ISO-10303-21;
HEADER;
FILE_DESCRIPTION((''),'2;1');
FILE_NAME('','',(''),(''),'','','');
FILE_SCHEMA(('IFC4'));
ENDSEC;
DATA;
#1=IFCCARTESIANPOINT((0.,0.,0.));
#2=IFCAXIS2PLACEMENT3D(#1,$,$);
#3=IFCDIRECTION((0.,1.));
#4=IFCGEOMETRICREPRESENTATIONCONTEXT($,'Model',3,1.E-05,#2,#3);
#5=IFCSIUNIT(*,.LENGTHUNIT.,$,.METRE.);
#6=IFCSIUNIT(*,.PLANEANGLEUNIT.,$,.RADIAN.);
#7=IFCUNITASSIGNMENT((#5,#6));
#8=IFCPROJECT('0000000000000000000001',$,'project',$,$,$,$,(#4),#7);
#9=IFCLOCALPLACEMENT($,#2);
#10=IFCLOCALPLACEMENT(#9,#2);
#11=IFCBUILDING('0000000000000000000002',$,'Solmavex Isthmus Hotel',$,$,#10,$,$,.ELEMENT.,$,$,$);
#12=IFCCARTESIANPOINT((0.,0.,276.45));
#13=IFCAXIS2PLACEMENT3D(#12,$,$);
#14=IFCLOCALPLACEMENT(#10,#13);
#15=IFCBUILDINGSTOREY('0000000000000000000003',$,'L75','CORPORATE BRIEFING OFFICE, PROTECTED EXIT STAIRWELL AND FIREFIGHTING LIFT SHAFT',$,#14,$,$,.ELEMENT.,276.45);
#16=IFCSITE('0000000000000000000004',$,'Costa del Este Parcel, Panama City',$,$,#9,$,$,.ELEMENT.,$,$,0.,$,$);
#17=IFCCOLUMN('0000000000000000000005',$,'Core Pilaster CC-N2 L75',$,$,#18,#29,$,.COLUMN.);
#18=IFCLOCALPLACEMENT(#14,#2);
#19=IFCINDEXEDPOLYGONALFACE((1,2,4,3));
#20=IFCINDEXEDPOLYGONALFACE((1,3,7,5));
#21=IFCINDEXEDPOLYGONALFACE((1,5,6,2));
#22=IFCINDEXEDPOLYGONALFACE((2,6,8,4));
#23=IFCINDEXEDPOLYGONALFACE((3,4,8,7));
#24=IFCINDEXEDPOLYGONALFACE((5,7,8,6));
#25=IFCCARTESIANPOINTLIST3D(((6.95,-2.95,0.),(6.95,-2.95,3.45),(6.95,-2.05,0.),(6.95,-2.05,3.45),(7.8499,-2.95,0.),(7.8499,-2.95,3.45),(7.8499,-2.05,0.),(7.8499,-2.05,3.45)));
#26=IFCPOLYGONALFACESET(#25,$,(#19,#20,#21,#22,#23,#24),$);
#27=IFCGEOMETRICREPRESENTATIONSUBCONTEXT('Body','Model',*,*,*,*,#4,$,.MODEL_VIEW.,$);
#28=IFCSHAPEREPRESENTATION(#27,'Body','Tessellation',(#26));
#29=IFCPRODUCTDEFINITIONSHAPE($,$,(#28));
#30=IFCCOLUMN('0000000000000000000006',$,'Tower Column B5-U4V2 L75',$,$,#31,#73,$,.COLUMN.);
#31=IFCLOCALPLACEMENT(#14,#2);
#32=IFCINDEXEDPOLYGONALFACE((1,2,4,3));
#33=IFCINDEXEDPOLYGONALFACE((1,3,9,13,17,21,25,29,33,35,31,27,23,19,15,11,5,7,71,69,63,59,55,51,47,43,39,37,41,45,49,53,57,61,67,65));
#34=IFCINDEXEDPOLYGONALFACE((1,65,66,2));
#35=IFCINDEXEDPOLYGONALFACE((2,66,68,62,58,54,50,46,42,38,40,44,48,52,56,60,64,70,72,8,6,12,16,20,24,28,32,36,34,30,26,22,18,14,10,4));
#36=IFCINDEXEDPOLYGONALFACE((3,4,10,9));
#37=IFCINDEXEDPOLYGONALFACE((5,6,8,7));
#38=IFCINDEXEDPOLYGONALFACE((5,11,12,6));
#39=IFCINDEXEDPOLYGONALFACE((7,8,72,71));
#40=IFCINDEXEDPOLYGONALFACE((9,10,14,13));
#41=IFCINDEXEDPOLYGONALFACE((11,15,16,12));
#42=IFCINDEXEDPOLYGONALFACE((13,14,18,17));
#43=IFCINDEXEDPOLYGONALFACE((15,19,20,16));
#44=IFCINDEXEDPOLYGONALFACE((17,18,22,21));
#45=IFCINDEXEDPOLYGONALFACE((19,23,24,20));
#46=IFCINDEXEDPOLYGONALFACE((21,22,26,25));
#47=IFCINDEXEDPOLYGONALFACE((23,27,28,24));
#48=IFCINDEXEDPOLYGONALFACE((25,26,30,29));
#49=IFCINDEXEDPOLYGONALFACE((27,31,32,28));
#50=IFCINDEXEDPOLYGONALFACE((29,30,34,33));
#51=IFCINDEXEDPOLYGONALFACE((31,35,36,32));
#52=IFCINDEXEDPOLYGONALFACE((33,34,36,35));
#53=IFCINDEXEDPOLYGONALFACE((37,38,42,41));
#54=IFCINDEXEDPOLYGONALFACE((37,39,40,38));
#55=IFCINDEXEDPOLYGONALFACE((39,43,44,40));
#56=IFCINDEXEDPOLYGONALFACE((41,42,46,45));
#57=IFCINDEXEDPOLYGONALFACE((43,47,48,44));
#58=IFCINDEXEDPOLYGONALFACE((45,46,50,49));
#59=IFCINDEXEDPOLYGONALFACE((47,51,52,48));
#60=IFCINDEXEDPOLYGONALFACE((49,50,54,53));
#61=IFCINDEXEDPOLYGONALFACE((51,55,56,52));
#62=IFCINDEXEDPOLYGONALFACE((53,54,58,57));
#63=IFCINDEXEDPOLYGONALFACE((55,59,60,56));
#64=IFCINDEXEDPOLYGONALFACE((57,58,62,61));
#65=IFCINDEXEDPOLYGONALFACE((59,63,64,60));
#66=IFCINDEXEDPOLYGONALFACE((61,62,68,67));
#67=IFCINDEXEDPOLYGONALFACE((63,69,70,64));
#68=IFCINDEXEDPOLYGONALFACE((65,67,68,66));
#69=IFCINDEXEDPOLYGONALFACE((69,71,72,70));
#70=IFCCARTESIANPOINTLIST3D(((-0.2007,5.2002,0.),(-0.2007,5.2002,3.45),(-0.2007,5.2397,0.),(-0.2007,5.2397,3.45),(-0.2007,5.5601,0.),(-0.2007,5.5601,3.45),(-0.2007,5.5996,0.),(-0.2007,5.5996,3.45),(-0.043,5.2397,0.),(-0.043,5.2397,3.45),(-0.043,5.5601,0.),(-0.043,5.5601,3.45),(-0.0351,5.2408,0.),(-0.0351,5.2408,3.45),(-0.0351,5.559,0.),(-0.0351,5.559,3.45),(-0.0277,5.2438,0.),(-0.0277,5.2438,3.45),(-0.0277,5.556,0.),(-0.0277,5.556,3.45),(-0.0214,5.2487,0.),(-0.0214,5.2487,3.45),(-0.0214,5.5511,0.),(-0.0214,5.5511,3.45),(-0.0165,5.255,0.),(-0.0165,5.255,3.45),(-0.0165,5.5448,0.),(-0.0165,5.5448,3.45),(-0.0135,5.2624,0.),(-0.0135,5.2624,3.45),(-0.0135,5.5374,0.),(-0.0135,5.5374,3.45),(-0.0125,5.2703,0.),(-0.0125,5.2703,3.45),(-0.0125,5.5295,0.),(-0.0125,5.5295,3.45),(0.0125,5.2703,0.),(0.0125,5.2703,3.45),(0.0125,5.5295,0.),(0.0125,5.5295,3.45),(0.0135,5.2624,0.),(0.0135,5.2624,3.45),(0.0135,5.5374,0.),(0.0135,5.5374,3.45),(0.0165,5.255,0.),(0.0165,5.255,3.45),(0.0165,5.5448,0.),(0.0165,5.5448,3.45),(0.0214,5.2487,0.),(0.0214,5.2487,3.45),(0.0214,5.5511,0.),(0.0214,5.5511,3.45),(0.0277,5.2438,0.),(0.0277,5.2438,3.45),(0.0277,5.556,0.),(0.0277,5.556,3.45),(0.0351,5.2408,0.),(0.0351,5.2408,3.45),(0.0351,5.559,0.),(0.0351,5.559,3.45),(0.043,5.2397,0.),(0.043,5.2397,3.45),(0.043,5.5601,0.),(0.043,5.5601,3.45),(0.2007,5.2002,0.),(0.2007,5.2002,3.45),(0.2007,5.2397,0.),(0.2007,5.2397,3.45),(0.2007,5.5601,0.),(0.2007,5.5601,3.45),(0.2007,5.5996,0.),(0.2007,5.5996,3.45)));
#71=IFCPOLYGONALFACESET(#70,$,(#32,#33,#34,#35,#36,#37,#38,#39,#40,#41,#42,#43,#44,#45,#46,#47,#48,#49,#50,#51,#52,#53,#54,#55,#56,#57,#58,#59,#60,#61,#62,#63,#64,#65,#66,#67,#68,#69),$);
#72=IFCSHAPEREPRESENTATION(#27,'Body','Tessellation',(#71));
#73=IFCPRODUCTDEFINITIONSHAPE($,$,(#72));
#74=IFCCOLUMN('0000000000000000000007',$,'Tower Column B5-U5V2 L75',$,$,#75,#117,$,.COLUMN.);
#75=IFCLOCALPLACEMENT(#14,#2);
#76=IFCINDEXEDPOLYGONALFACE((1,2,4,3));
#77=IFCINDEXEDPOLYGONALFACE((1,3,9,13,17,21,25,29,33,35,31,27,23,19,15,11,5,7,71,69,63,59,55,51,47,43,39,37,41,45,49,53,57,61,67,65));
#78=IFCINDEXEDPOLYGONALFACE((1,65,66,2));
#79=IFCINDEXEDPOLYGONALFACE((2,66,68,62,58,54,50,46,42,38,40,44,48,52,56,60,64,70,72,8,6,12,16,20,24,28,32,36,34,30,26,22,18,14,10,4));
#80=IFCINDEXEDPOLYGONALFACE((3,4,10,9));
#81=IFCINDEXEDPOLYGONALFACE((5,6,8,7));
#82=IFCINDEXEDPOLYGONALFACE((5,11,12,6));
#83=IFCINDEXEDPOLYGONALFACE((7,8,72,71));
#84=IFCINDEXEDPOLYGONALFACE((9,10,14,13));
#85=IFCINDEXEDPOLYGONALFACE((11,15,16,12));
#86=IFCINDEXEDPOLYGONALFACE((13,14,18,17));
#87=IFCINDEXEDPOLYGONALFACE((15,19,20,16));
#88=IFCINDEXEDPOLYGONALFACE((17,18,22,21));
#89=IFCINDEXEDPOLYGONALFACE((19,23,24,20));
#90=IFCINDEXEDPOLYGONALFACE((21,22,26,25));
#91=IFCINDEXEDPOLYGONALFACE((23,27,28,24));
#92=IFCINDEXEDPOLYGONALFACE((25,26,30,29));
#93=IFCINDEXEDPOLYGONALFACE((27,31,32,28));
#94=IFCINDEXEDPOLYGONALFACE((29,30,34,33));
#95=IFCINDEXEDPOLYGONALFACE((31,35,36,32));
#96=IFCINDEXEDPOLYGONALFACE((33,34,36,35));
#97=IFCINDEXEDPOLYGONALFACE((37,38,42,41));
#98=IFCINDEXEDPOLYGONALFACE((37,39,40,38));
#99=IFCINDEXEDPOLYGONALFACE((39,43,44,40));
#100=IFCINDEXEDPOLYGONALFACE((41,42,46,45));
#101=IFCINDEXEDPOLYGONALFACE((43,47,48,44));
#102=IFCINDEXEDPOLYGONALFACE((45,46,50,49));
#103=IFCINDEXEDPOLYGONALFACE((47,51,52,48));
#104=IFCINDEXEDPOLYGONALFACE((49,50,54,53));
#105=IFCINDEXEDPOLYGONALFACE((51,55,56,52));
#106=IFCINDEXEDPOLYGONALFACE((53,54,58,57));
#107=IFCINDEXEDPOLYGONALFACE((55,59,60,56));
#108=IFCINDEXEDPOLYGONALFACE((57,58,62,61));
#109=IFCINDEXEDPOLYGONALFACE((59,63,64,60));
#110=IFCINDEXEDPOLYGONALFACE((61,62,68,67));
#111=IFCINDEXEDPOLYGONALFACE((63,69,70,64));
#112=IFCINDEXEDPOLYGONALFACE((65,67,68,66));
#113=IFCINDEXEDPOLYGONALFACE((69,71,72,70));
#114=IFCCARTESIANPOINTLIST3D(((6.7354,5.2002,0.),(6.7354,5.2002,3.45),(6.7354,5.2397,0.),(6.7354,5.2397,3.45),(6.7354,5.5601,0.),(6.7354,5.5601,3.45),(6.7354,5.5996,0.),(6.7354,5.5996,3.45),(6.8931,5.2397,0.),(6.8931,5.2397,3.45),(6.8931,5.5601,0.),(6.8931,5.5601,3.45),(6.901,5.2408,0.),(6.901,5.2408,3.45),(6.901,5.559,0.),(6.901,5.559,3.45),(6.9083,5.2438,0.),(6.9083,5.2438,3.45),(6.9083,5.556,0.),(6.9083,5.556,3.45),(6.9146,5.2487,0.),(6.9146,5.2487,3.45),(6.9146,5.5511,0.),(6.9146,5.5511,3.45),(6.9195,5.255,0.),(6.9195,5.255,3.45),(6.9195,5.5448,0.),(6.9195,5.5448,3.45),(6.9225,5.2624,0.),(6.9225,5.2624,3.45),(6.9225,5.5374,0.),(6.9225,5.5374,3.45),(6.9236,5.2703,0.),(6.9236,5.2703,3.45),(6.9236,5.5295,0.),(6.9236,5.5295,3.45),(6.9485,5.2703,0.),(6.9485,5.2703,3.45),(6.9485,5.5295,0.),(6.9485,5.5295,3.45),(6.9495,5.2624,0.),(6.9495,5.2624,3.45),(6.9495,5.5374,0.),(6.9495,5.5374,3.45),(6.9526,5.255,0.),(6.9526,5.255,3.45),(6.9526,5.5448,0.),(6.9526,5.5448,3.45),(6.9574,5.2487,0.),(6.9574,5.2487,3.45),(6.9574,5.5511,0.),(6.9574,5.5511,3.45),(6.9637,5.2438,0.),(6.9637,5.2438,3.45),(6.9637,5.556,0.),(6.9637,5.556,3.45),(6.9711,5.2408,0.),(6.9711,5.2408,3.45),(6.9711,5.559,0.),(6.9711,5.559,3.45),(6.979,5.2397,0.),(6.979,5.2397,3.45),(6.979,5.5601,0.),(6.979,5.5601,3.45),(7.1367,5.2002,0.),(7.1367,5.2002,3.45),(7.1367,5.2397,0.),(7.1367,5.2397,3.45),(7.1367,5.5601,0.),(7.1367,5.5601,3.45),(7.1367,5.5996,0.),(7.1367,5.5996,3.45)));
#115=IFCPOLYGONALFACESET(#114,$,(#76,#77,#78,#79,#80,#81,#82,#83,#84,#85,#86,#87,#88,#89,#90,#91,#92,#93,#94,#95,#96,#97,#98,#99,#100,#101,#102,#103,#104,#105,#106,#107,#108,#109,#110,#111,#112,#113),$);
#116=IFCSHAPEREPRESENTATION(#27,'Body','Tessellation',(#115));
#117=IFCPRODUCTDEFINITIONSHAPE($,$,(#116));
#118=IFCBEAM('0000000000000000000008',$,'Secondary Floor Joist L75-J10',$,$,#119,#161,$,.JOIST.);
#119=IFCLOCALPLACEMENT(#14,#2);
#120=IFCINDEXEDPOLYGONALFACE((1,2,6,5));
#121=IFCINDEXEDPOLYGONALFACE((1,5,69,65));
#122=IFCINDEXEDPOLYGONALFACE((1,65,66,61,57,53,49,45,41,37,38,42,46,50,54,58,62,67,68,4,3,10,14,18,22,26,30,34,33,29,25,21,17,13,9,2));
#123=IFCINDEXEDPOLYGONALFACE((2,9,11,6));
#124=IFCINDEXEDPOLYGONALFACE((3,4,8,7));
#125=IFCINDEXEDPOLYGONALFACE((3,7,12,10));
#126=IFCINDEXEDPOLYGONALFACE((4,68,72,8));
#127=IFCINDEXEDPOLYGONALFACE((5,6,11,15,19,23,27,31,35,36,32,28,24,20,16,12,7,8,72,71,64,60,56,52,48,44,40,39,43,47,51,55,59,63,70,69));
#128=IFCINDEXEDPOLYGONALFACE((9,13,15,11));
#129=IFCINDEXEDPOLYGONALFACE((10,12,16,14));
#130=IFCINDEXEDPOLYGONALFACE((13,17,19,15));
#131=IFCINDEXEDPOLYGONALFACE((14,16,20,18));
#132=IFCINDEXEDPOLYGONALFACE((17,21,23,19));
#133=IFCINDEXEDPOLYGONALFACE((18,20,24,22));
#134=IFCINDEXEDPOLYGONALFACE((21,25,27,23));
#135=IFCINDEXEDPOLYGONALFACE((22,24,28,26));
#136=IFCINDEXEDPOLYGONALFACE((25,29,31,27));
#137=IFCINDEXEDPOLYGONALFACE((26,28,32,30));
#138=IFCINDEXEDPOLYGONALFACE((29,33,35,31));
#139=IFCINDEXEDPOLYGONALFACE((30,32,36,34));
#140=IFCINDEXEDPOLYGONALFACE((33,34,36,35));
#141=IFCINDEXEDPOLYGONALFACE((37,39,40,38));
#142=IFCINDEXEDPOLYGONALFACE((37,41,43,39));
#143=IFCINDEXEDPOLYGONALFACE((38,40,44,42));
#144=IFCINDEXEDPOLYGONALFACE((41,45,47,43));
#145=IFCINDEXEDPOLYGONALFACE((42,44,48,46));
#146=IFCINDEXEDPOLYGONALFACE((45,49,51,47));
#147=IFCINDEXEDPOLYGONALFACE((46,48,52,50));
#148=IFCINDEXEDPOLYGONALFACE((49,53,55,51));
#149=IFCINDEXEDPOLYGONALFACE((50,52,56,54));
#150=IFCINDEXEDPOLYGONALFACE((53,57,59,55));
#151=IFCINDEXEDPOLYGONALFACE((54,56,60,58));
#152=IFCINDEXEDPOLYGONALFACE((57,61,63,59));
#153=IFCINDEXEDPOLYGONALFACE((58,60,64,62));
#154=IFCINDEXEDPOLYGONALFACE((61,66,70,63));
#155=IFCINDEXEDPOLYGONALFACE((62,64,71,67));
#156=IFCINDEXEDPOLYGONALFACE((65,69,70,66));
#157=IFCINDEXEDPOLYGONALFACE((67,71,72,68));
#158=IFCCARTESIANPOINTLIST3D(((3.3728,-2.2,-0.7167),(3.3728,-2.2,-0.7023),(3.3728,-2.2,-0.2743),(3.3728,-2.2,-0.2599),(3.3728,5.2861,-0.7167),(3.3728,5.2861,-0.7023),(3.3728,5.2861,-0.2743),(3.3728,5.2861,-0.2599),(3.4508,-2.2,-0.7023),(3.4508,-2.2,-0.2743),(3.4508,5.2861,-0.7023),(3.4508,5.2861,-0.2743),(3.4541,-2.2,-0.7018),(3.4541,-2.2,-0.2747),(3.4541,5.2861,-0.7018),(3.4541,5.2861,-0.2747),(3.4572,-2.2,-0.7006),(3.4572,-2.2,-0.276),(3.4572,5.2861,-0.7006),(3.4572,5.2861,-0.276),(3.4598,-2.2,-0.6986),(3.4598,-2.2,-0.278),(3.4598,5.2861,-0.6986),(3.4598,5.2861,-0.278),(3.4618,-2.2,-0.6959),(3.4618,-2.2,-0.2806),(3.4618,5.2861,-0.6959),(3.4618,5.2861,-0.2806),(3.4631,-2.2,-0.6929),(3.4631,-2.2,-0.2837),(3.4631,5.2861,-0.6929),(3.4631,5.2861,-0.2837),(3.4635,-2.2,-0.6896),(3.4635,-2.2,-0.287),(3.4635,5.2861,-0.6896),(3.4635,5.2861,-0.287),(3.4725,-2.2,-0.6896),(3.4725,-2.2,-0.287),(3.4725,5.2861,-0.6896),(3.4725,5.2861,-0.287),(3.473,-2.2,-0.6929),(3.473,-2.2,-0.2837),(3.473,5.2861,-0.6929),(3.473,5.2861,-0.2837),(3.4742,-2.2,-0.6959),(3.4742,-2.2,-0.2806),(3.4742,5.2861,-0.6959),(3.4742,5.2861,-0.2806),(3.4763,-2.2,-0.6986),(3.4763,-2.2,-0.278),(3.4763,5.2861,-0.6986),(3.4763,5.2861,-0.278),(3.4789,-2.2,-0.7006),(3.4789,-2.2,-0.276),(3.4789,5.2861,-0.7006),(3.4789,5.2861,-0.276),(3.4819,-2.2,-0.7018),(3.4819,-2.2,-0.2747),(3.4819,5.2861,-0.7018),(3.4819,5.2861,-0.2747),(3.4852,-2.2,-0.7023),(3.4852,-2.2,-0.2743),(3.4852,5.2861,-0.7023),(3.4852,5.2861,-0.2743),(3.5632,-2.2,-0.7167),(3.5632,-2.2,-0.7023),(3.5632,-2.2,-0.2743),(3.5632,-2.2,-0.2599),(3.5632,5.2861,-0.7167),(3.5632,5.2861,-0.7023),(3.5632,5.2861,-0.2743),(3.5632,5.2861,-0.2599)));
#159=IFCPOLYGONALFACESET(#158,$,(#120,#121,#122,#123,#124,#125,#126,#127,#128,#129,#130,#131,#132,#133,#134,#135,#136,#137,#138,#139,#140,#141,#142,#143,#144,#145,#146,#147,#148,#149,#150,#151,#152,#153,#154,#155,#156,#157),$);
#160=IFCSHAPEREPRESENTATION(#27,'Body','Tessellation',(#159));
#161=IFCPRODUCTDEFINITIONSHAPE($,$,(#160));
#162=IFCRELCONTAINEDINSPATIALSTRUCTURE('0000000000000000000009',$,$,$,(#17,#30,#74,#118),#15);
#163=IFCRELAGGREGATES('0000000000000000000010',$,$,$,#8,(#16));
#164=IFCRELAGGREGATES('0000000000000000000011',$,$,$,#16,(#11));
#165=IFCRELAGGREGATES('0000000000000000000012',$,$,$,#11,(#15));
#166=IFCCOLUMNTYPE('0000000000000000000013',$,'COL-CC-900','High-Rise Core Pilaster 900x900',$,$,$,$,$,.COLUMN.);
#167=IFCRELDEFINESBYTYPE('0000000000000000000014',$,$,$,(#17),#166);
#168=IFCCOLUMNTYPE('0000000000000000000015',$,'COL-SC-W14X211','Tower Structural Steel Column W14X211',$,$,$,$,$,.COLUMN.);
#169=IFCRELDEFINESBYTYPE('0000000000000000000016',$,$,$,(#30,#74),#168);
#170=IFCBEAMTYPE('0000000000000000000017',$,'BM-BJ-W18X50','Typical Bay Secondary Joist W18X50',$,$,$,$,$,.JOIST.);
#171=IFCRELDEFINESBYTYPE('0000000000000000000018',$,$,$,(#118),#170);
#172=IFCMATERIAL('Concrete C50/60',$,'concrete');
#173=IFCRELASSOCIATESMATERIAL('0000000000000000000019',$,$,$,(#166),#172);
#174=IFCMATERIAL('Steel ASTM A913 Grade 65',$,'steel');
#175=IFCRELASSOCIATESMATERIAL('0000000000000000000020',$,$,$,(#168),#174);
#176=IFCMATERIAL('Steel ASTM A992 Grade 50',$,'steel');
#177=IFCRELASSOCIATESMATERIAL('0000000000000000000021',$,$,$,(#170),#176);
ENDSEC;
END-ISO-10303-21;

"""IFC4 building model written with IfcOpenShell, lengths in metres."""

from ifc_helpers import new_model, si_unit, direction, frame, origin, origin_2d, place, context, subcontext, project, spatial, rectangle, i_section, extrude, material, material_profile, profile_set, type_object, element, save


model = new_model("IFC4")

# Units and contexts
model_context = context("Model", 3, precision=1e-05, world=origin(), true_north=direction((0.0, 1.0)))
body_context = subcontext(model_context, "Body", "Model", "MODEL_VIEW")
ifc_project = project(units=[si_unit("LENGTHUNIT", "METRE"), si_unit("PLANEANGLEUNIT", "RADIAN")], contexts=[model_context])

# Site, building, storey
site_placement = place(None, origin())
site = spatial("IfcSite", under=ifc_project, at=site_placement, Name="Costa del Este Parcel, Panama City", CompositionType="ELEMENT", RefElevation=0.0)
building_placement = place(site_placement, origin())
building = spatial("IfcBuilding", under=site, at=building_placement, Name="Solmavex Isthmus Hotel", CompositionType="ELEMENT")
storey_placement = place(building_placement, frame((0.0, 0.0, 276.45)))
storey = spatial("IfcBuildingStorey", under=building, at=storey_placement, Name="L75", Description="CORPORATE BRIEFING OFFICE, PROTECTED EXIT STAIRWELL AND FIREFIGHTING LIFT SHAFT", CompositionType="ELEMENT", Elevation=276.45)

# Columns
ifc_material_1 = material(Name="Concrete C50/60", Category="concrete")
ifc_material_profile_1 = material_profile(ifc_material_1, rectangle(XDim=0.8999, YDim=0.8999, at=origin_2d()), Name="RC900X900")
ifc_profile_set_1 = profile_set([ifc_material_profile_1], Name="Concrete C50/60")
column_type_1 = type_object("IfcColumnType", Name="COL-CC-900", Description="High-Rise Core Pilaster 900x900", PredefinedType="COLUMN", material=ifc_profile_set_1)
column_placement = place(storey_placement, frame((7.3999, -2.5, 0.0), z_axis=(0.0, 0.0, 1.0), x_axis=(1.0, 0.0, 0.0)))
element("IfcColumn", 1, at=column_placement, inside=storey, type_object=column_type_1, Name="Core Pilaster CC-N2 L75", PredefinedType="COLUMN", context=body_context, shape_type="SweptSolid", body=[
    extrude(rectangle(XDim=0.8999, YDim=0.8999, at=origin_2d()), origin(), (0.0, 0.0, 1.0), 3.45),
])
ifc_material_2 = material(Name="Steel ASTM A913 Grade 65", Category="steel")
ifc_material_profile_2 = material_profile(ifc_material_2, i_section(OverallWidth=0.4014, OverallDepth=0.3994, WebThickness=0.0249, FlangeThickness=0.0396, FilletRadius=0.0305, at=origin_2d()), Name="W14X211")
ifc_profile_set_2 = profile_set([ifc_material_profile_2], Name="Steel ASTM A913 Grade 65")
column_type_2 = type_object("IfcColumnType", Name="COL-SC-W14X211", Description="Tower Structural Steel Column W14X211", PredefinedType="COLUMN", material=ifc_profile_set_2)
for number, where, z_axis, x_axis, name in (
    (2, (0.0, 5.3999, 0.0), (0.0, 0.0, 1.0), (1.0, 0.0, 0.0), "Tower Column B5-U4V2 L75"),
    (3, (6.936, 5.3999, 0.0), (0.0, 0.0, 1.0), (1.0, 0.0, 0.0), "Tower Column B5-U5V2 L75"),
):
    element("IfcColumn", number, at=place(storey_placement, frame(where, z_axis=z_axis, x_axis=x_axis)), inside=storey, type_object=column_type_2, Name=name, PredefinedType="COLUMN", context=body_context, shape_type="SweptSolid", body=[
        extrude(i_section(OverallWidth=0.4014, OverallDepth=0.3994, WebThickness=0.0249, FlangeThickness=0.0396, FilletRadius=0.0305, at=origin_2d()), origin(), (0.0, 0.0, 1.0), 3.45),
    ])

# Beam
ifc_material_3 = material(Name="Steel ASTM A992 Grade 50", Category="steel")
ifc_material_profile_3 = material_profile(ifc_material_3, i_section(OverallWidth=0.1904, OverallDepth=0.4568, WebThickness=0.009, FlangeThickness=0.0144, FilletRadius=0.0127, at=origin_2d()), Name="W18X50")
ifc_profile_set_3 = profile_set([ifc_material_profile_3], Name="Steel ASTM A992 Grade 50")
beam_type_1 = type_object("IfcBeamType", Name="BM-BJ-W18X50", Description="Typical Bay Secondary Joist W18X50", PredefinedType="JOIST", material=ifc_profile_set_3)
for number, where, z_axis, x_axis, name in (
    (4, (3.468, -2.2, -0.4883), (0.0, 1.0, 0.0), (-1.0, 0.0, 0.0), "Secondary Floor Joist L75-J10"),
):
    element("IfcBeam", number, at=place(storey_placement, frame(where, z_axis=z_axis, x_axis=x_axis)), inside=storey, type_object=beam_type_1, Name=name, PredefinedType="JOIST", context=body_context, shape_type="SweptSolid", body=[
        extrude(i_section(OverallWidth=0.1904, OverallDepth=0.4568, WebThickness=0.009, FlangeThickness=0.0144, FilletRadius=0.0127, at=origin_2d()), origin(), (0.0, 0.0, 1.0), 7.4861),
    ])

save(model, "model.ifc")
